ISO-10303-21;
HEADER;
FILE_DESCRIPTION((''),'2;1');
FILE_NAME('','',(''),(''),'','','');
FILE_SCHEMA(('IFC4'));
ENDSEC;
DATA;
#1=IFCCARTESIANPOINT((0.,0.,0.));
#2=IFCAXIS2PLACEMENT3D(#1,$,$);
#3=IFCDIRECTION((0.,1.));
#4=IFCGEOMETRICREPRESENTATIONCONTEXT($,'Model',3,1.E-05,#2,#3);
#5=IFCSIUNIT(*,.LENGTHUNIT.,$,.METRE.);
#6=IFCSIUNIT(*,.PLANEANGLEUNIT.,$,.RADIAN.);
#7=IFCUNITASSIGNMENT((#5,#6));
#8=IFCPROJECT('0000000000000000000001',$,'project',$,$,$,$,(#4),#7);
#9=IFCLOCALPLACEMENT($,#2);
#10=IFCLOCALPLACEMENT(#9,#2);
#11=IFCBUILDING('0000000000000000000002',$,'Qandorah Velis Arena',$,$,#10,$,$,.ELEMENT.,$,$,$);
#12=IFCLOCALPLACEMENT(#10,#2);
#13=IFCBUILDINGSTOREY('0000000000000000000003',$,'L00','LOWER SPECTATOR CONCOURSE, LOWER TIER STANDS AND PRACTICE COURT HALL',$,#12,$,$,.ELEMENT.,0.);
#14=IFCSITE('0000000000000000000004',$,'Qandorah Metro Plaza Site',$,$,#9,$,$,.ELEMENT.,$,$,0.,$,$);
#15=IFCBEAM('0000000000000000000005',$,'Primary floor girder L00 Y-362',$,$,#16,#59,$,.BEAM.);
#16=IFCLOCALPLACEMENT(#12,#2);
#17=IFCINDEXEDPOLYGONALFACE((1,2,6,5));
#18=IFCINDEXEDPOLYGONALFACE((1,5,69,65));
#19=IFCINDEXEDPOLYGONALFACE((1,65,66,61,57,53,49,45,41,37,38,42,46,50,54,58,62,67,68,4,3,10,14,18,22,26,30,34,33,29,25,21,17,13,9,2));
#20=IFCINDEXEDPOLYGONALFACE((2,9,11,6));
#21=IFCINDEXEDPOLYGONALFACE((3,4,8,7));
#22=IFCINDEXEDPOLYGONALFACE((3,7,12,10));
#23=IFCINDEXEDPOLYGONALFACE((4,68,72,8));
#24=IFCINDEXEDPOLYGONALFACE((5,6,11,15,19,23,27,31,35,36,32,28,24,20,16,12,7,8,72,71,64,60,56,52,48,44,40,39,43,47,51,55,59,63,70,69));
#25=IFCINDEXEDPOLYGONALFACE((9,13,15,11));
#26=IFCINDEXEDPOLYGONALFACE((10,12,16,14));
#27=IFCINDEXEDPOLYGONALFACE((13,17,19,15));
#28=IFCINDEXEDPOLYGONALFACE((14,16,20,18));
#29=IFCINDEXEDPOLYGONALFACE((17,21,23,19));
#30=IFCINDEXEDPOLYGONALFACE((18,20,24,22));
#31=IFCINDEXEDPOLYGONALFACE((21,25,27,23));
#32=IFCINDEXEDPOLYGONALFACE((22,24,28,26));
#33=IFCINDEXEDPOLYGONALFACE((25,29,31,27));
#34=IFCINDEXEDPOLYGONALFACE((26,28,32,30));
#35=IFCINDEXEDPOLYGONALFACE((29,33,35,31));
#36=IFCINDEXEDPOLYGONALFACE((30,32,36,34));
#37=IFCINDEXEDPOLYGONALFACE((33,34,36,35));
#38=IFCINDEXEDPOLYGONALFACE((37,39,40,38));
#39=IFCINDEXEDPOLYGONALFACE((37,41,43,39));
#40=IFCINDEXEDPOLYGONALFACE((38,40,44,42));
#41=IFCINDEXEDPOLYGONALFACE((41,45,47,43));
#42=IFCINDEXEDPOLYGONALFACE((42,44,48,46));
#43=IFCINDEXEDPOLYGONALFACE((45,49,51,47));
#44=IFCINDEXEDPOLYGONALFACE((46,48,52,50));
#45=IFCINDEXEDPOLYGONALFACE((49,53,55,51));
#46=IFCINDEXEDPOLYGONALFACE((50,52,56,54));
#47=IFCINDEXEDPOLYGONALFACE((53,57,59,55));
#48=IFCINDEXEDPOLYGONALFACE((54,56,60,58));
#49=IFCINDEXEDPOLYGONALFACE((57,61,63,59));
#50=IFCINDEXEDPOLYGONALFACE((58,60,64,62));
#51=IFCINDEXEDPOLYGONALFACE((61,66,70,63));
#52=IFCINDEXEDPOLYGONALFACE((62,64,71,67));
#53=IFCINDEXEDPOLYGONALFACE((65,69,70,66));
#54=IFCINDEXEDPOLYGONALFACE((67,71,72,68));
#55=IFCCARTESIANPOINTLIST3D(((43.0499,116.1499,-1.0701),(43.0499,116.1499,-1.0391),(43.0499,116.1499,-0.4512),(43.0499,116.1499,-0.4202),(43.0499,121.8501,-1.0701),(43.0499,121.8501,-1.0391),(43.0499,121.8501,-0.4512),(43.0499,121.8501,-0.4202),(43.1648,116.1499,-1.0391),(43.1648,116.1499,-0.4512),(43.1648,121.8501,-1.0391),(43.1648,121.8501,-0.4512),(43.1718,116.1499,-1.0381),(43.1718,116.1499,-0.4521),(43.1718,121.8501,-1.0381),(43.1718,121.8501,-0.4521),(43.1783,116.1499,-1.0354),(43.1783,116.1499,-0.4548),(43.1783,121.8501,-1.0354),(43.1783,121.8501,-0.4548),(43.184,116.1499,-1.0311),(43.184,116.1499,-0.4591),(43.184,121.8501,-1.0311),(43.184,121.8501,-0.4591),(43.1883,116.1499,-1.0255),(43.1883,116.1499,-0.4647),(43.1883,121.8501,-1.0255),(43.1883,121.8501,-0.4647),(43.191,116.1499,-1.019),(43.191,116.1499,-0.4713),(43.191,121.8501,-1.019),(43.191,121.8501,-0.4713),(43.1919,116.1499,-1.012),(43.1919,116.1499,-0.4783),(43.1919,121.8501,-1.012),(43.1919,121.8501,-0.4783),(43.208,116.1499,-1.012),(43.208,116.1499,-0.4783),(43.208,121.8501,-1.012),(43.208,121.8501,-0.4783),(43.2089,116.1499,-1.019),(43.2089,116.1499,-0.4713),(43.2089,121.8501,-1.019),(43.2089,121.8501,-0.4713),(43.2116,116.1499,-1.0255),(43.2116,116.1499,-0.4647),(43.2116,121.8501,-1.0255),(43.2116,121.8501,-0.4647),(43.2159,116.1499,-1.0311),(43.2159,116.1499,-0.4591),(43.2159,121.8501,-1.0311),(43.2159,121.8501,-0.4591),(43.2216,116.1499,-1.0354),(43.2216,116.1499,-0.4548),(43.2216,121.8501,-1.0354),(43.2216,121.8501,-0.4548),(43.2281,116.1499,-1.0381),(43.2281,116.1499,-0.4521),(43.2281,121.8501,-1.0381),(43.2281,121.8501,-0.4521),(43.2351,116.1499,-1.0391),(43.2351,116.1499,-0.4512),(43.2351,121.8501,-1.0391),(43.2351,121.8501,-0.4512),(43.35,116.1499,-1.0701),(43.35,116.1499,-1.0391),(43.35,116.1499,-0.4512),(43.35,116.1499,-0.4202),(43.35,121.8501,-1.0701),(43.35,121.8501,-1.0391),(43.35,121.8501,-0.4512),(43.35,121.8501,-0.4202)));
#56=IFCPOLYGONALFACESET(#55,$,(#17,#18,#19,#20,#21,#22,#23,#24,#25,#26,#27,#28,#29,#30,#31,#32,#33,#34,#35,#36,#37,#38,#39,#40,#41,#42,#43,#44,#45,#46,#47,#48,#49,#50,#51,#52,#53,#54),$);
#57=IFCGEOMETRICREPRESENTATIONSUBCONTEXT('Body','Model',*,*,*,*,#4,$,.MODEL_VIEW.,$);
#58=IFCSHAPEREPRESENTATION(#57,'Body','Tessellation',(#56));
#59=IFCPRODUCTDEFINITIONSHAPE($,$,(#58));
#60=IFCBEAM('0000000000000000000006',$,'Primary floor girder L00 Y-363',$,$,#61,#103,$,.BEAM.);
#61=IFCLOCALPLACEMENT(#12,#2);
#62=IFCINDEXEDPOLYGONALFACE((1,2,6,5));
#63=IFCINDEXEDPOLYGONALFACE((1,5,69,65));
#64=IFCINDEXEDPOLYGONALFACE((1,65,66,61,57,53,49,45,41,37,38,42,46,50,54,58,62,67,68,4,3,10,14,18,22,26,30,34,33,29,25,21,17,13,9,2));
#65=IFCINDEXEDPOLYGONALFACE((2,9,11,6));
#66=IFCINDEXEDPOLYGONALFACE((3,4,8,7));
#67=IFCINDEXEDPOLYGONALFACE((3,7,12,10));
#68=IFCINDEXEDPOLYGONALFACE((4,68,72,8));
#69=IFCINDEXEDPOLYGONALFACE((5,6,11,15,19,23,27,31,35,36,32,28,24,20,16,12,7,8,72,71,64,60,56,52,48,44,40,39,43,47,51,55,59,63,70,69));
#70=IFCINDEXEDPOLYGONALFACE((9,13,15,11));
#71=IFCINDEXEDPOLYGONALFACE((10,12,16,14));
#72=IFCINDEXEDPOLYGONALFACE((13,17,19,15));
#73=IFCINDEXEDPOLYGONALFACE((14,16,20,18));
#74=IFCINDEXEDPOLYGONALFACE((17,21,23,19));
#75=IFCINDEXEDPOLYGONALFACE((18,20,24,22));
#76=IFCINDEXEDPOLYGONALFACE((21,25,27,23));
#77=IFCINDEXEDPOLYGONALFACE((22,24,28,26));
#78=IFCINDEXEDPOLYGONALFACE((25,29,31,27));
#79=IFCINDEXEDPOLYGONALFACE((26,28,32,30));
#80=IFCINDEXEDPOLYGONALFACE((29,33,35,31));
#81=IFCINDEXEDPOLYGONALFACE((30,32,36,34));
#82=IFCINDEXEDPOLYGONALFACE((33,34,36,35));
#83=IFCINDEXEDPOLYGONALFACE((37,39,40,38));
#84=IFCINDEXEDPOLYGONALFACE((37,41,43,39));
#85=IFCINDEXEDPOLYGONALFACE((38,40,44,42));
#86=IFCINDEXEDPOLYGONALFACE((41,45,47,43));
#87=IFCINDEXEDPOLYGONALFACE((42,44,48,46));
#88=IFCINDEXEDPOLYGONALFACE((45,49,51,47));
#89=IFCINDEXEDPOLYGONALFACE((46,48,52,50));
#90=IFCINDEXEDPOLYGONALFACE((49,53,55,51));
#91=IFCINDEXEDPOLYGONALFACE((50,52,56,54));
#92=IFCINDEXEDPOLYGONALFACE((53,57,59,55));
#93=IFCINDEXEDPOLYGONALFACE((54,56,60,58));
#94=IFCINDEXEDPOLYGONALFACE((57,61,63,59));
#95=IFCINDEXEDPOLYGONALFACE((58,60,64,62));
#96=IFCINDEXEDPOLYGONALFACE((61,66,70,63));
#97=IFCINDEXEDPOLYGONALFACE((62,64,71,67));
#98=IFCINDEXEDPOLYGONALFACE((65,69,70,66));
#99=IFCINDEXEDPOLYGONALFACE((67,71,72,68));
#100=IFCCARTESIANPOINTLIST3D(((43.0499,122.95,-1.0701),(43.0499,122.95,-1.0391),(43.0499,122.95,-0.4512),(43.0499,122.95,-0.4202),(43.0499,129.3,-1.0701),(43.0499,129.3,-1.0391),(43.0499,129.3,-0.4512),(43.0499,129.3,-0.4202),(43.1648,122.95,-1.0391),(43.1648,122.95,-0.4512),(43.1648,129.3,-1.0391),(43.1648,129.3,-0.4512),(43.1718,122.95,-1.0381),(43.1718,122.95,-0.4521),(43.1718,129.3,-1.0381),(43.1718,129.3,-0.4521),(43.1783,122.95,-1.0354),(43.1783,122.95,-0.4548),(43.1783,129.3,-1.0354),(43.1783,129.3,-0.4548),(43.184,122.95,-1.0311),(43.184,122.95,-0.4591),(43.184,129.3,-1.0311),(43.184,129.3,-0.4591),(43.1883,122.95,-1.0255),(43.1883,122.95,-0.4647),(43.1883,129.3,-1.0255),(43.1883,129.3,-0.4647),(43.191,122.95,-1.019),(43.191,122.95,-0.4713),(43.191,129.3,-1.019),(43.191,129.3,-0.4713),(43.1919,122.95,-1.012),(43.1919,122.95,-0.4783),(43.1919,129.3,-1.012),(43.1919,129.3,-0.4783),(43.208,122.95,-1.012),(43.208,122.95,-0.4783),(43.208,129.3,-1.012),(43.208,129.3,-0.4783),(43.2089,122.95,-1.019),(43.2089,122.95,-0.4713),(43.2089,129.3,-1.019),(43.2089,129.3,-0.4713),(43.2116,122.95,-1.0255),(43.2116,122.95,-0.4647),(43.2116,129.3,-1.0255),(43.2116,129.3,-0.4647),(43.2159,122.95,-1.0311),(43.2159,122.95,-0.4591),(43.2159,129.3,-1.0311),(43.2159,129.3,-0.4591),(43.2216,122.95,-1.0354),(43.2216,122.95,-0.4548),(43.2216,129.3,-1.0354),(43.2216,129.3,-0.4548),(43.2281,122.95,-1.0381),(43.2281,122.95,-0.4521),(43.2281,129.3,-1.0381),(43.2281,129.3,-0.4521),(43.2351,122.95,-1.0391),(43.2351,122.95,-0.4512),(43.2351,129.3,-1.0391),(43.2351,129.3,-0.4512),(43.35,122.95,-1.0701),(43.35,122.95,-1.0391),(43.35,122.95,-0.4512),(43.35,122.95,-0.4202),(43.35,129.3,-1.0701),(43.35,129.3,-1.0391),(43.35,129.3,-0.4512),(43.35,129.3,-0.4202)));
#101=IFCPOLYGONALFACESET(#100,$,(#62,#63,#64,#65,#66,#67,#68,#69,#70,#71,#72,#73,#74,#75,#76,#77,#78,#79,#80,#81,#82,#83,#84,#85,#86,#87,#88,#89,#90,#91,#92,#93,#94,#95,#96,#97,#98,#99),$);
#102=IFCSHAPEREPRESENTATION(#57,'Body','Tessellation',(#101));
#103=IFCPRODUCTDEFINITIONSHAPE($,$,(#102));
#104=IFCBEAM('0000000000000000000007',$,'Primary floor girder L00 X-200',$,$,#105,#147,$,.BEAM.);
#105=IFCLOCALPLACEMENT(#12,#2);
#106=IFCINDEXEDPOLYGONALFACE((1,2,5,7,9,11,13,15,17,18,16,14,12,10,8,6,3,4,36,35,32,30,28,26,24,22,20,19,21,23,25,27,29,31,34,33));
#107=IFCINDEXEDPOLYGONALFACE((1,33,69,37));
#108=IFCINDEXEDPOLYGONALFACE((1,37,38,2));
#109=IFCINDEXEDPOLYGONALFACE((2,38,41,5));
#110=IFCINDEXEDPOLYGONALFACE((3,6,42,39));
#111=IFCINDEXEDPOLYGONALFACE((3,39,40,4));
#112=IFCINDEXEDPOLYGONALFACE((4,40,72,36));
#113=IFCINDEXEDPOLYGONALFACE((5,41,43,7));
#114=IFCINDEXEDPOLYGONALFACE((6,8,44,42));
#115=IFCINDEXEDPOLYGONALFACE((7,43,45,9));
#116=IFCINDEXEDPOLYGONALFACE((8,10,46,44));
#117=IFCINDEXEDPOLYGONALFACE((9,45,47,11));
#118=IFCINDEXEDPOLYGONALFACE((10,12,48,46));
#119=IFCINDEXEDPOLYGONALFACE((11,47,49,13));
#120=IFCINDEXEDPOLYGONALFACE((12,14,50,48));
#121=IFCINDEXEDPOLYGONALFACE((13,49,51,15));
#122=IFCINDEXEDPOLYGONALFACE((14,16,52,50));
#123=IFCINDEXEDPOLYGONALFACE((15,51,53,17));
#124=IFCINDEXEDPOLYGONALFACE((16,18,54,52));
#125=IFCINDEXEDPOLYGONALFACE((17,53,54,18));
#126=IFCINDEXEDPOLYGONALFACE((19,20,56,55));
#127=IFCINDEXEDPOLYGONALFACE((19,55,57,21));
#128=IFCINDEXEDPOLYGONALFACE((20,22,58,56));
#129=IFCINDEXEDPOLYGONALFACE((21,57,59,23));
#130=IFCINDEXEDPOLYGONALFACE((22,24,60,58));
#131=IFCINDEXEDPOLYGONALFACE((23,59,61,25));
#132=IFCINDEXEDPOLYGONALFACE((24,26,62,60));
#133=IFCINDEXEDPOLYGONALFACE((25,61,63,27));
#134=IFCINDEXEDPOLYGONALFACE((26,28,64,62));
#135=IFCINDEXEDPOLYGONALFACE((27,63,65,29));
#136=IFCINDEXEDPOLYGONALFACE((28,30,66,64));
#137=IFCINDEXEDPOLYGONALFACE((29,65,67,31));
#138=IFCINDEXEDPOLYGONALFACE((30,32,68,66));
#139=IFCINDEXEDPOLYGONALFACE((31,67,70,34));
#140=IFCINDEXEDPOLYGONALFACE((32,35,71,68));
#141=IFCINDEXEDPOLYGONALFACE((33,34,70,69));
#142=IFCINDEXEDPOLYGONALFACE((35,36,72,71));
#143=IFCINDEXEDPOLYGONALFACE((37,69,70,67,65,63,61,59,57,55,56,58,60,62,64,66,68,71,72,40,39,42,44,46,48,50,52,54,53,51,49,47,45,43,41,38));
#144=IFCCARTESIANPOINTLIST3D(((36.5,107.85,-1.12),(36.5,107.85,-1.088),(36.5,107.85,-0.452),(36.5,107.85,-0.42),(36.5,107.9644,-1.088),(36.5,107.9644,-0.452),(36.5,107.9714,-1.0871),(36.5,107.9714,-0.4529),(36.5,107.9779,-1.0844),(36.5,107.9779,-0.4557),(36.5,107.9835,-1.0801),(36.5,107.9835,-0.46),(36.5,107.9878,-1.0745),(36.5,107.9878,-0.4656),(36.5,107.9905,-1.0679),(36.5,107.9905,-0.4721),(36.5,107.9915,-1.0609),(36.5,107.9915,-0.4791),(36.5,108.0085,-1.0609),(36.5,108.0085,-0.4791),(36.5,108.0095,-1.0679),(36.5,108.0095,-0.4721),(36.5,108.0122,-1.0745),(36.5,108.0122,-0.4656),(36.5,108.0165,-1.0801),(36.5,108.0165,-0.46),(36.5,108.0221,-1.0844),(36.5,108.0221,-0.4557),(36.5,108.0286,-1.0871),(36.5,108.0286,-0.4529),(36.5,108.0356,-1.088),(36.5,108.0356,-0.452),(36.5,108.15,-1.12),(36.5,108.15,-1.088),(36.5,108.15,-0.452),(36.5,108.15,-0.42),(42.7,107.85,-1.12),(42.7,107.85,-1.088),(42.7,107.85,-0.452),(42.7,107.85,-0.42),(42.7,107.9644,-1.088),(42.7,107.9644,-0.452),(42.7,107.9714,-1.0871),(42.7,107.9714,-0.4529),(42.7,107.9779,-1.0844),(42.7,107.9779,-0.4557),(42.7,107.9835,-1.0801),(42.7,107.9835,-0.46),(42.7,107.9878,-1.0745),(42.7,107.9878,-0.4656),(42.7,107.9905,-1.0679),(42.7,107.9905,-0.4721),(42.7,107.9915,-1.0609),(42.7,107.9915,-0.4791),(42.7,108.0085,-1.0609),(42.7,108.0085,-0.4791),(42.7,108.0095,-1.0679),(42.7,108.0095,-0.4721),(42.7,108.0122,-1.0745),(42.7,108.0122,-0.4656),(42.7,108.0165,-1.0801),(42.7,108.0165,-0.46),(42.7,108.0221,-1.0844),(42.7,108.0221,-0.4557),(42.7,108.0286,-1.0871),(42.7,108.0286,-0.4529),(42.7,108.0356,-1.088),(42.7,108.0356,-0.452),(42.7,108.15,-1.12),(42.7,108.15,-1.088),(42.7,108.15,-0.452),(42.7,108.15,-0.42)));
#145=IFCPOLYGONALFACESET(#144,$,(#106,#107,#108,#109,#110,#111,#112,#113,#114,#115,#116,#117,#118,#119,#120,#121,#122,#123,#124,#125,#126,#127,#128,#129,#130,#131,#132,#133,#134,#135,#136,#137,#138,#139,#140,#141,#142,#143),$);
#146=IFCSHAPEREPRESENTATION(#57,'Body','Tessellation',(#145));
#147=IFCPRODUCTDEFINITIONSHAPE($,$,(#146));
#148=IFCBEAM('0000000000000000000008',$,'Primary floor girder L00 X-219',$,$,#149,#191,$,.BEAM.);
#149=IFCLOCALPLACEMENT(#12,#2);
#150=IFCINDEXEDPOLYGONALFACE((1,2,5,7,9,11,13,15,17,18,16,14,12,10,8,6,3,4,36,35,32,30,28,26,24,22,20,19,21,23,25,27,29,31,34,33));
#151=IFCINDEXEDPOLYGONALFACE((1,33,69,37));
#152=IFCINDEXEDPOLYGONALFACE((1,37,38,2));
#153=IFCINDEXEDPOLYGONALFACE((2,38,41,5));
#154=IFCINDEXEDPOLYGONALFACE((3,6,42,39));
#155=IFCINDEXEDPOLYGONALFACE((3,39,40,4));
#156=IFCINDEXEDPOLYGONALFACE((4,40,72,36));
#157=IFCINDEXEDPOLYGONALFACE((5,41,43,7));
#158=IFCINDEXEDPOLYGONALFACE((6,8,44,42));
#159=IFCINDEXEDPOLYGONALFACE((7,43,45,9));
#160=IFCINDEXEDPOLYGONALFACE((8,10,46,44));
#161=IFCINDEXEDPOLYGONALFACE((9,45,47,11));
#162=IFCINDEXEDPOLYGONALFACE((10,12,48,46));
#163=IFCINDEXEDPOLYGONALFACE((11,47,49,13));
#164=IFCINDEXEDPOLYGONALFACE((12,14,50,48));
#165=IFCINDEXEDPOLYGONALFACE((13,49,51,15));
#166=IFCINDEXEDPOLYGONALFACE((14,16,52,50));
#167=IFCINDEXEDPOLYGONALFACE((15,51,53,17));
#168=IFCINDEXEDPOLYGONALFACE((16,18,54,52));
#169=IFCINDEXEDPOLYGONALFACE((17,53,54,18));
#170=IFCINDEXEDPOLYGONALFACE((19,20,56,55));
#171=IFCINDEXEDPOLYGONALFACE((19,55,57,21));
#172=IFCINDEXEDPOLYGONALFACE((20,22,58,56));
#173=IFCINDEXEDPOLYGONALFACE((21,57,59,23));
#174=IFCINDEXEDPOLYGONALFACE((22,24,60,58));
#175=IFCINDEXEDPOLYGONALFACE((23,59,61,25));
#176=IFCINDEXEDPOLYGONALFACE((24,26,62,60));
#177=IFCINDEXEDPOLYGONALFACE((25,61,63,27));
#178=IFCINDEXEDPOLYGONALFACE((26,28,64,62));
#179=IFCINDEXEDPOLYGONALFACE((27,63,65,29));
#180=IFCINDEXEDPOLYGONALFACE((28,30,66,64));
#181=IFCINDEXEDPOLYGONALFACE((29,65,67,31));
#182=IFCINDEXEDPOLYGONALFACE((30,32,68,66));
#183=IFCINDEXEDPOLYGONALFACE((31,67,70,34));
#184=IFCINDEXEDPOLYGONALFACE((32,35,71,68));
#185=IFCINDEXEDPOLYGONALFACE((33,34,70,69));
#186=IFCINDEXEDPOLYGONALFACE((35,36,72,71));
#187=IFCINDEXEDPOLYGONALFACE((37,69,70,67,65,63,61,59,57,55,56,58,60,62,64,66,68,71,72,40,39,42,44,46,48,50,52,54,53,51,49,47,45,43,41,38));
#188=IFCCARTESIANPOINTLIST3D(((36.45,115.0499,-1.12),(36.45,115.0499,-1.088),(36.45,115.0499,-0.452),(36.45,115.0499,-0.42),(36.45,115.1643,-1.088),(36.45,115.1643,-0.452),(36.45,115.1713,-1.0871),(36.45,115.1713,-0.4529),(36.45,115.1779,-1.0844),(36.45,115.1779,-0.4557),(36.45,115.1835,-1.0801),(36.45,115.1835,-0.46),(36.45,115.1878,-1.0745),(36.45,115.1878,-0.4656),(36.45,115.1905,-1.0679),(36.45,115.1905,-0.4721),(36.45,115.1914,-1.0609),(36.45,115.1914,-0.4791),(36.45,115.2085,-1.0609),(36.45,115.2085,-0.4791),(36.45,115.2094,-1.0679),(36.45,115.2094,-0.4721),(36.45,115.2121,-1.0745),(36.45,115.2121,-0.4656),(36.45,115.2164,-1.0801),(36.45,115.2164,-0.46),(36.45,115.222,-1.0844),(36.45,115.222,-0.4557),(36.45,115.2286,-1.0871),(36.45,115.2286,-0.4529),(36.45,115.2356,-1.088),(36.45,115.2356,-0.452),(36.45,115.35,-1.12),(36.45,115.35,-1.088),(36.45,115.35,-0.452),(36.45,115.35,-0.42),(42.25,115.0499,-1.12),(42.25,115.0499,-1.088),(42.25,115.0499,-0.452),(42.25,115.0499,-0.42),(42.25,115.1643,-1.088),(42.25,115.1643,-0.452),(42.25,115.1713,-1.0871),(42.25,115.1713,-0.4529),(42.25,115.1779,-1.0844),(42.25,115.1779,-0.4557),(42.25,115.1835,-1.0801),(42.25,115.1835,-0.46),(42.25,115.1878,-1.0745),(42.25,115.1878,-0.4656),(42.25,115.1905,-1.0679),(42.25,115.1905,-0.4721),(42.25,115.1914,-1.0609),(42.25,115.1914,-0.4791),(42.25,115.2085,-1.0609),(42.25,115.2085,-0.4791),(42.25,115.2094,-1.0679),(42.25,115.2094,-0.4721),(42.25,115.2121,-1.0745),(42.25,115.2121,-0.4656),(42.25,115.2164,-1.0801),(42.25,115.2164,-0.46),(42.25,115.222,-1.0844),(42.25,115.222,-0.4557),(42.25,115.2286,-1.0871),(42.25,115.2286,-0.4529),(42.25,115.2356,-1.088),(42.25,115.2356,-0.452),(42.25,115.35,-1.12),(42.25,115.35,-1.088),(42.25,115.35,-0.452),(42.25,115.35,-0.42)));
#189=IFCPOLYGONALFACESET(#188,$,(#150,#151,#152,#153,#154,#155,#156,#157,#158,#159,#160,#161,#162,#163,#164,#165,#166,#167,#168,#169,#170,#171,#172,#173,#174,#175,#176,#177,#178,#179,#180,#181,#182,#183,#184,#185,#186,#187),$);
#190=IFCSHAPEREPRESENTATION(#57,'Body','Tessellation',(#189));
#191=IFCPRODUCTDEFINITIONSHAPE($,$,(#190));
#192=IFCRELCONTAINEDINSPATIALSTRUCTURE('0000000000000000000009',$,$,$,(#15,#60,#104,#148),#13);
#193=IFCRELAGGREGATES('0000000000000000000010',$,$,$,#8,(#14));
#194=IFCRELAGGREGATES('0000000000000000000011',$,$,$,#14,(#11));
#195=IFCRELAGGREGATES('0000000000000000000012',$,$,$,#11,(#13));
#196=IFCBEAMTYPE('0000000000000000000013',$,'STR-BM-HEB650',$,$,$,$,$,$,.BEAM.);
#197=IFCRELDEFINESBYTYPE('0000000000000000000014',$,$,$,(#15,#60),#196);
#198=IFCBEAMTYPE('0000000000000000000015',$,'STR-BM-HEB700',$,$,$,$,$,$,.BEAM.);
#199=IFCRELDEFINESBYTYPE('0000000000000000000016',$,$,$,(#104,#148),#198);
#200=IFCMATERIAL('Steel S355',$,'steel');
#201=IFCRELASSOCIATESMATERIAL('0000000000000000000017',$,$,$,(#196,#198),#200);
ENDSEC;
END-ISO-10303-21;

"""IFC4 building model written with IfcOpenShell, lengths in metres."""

from ifc_helpers import new_model, si_unit, direction, frame, origin, origin_2d, place, context, subcontext, project, spatial, i_section, extrude, material, material_profile, profile_set, type_object, element, save


model = new_model("IFC4")

# Units and contexts
model_context = context("Model", 3, precision=1e-05, world=origin(), true_north=direction((0.0, 1.0)))
body_context = subcontext(model_context, "Body", "Model", "MODEL_VIEW")
ifc_project = project(units=[si_unit("LENGTHUNIT", "METRE"), si_unit("PLANEANGLEUNIT", "RADIAN")], contexts=[model_context])

# Site, building, storey
site_placement = place(None, origin())
site = spatial("IfcSite", under=ifc_project, at=site_placement, Name="Qandorah Metro Plaza Site", CompositionType="ELEMENT", RefElevation=0.0)
building_placement = place(site_placement, origin())
building = spatial("IfcBuilding", under=site, at=building_placement, Name="Qandorah Velis Arena", CompositionType="ELEMENT")
storey_placement = place(building_placement, origin())
storey = spatial("IfcBuildingStorey", under=building, at=storey_placement, Name="L00", Description="LOWER SPECTATOR CONCOURSE, LOWER TIER STANDS AND PRACTICE COURT HALL", CompositionType="ELEMENT", Elevation=0.0)

# Beams
ifc_material_1 = material(Name="Steel S355", Category="steel")
ifc_material_profile_1 = material_profile(ifc_material_1, i_section(OverallWidth=0.3, OverallDepth=0.6499, WebThickness=0.0161, FlangeThickness=0.031, FilletRadius=0.0271, at=origin_2d()), Name="HEB 650")
ifc_profile_set_1 = profile_set([ifc_material_profile_1], Name="Steel S355")
beam_type_1 = type_object("IfcBeamType", Name="STR-BM-HEB650", PredefinedType="BEAM", material=ifc_profile_set_1)
beam_1_placement = place(storey_placement, frame((43.2, 116.1499, -0.7451), z_axis=(0.0, 1.0, 0.0), x_axis=(-1.0, 0.0, 0.0)))
element("IfcBeam", 1, at=beam_1_placement, inside=storey, type_object=beam_type_1, Name="Primary floor girder L00 Y-362", PredefinedType="BEAM", context=body_context, shape_type="SweptSolid", body=[
    extrude(i_section(OverallWidth=0.3, OverallDepth=0.6499, WebThickness=0.0161, FlangeThickness=0.031, FilletRadius=0.0271, at=origin_2d()), origin(), (0.0, 0.0, 1.0), 5.7002),
])
beam_2_placement = place(storey_placement, frame((43.2, 122.95, -0.7451), z_axis=(0.0, 1.0, 0.0), x_axis=(-1.0, 0.0, 0.0)))
element("IfcBeam", 2, at=beam_2_placement, inside=storey, type_object=beam_type_1, Name="Primary floor girder L00 Y-363", PredefinedType="BEAM", context=body_context, shape_type="SweptSolid", body=[
    extrude(i_section(OverallWidth=0.3, OverallDepth=0.6499, WebThickness=0.0161, FlangeThickness=0.031, FilletRadius=0.0271, at=origin_2d()), origin(), (0.0, 0.0, 1.0), 6.3501),
])
ifc_material_profile_2 = material_profile(ifc_material_1, i_section(OverallWidth=0.3, OverallDepth=0.7, WebThickness=0.0171, FlangeThickness=0.032, FilletRadius=0.0271, at=origin_2d()), Name="HEB 700")
ifc_profile_set_2 = profile_set([ifc_material_profile_2], Name="Steel S355")
beam_type_2 = type_object("IfcBeamType", Name="STR-BM-HEB700", PredefinedType="BEAM", material=ifc_profile_set_2)
beam_3_placement = place(storey_placement, frame((36.5, 108.0, -0.77), z_axis=(1.0, 0.0, 0.0), x_axis=(0.0, 1.0, 0.0)))
element("IfcBeam", 3, at=beam_3_placement, inside=storey, type_object=beam_type_2, Name="Primary floor girder L00 X-200", PredefinedType="BEAM", context=body_context, shape_type="SweptSolid", body=[
    extrude(i_section(OverallWidth=0.3, OverallDepth=0.7, WebThickness=0.0171, FlangeThickness=0.032, FilletRadius=0.0271, at=origin_2d()), origin(), (0.0, 0.0, 1.0), 6.2),
])
beam_4_placement = place(storey_placement, frame((36.45, 115.2, -0.77), z_axis=(1.0, 0.0, 0.0), x_axis=(0.0, 1.0, 0.0)))
element("IfcBeam", 4, at=beam_4_placement, inside=storey, type_object=beam_type_2, Name="Primary floor girder L00 X-219", PredefinedType="BEAM", context=body_context, shape_type="SweptSolid", body=[
    extrude(i_section(OverallWidth=0.3, OverallDepth=0.7, WebThickness=0.0171, FlangeThickness=0.032, FilletRadius=0.0271, at=origin_2d()), origin(), (0.0, 0.0, 1.0), 5.8),
])

save(model, "model.ifc")
